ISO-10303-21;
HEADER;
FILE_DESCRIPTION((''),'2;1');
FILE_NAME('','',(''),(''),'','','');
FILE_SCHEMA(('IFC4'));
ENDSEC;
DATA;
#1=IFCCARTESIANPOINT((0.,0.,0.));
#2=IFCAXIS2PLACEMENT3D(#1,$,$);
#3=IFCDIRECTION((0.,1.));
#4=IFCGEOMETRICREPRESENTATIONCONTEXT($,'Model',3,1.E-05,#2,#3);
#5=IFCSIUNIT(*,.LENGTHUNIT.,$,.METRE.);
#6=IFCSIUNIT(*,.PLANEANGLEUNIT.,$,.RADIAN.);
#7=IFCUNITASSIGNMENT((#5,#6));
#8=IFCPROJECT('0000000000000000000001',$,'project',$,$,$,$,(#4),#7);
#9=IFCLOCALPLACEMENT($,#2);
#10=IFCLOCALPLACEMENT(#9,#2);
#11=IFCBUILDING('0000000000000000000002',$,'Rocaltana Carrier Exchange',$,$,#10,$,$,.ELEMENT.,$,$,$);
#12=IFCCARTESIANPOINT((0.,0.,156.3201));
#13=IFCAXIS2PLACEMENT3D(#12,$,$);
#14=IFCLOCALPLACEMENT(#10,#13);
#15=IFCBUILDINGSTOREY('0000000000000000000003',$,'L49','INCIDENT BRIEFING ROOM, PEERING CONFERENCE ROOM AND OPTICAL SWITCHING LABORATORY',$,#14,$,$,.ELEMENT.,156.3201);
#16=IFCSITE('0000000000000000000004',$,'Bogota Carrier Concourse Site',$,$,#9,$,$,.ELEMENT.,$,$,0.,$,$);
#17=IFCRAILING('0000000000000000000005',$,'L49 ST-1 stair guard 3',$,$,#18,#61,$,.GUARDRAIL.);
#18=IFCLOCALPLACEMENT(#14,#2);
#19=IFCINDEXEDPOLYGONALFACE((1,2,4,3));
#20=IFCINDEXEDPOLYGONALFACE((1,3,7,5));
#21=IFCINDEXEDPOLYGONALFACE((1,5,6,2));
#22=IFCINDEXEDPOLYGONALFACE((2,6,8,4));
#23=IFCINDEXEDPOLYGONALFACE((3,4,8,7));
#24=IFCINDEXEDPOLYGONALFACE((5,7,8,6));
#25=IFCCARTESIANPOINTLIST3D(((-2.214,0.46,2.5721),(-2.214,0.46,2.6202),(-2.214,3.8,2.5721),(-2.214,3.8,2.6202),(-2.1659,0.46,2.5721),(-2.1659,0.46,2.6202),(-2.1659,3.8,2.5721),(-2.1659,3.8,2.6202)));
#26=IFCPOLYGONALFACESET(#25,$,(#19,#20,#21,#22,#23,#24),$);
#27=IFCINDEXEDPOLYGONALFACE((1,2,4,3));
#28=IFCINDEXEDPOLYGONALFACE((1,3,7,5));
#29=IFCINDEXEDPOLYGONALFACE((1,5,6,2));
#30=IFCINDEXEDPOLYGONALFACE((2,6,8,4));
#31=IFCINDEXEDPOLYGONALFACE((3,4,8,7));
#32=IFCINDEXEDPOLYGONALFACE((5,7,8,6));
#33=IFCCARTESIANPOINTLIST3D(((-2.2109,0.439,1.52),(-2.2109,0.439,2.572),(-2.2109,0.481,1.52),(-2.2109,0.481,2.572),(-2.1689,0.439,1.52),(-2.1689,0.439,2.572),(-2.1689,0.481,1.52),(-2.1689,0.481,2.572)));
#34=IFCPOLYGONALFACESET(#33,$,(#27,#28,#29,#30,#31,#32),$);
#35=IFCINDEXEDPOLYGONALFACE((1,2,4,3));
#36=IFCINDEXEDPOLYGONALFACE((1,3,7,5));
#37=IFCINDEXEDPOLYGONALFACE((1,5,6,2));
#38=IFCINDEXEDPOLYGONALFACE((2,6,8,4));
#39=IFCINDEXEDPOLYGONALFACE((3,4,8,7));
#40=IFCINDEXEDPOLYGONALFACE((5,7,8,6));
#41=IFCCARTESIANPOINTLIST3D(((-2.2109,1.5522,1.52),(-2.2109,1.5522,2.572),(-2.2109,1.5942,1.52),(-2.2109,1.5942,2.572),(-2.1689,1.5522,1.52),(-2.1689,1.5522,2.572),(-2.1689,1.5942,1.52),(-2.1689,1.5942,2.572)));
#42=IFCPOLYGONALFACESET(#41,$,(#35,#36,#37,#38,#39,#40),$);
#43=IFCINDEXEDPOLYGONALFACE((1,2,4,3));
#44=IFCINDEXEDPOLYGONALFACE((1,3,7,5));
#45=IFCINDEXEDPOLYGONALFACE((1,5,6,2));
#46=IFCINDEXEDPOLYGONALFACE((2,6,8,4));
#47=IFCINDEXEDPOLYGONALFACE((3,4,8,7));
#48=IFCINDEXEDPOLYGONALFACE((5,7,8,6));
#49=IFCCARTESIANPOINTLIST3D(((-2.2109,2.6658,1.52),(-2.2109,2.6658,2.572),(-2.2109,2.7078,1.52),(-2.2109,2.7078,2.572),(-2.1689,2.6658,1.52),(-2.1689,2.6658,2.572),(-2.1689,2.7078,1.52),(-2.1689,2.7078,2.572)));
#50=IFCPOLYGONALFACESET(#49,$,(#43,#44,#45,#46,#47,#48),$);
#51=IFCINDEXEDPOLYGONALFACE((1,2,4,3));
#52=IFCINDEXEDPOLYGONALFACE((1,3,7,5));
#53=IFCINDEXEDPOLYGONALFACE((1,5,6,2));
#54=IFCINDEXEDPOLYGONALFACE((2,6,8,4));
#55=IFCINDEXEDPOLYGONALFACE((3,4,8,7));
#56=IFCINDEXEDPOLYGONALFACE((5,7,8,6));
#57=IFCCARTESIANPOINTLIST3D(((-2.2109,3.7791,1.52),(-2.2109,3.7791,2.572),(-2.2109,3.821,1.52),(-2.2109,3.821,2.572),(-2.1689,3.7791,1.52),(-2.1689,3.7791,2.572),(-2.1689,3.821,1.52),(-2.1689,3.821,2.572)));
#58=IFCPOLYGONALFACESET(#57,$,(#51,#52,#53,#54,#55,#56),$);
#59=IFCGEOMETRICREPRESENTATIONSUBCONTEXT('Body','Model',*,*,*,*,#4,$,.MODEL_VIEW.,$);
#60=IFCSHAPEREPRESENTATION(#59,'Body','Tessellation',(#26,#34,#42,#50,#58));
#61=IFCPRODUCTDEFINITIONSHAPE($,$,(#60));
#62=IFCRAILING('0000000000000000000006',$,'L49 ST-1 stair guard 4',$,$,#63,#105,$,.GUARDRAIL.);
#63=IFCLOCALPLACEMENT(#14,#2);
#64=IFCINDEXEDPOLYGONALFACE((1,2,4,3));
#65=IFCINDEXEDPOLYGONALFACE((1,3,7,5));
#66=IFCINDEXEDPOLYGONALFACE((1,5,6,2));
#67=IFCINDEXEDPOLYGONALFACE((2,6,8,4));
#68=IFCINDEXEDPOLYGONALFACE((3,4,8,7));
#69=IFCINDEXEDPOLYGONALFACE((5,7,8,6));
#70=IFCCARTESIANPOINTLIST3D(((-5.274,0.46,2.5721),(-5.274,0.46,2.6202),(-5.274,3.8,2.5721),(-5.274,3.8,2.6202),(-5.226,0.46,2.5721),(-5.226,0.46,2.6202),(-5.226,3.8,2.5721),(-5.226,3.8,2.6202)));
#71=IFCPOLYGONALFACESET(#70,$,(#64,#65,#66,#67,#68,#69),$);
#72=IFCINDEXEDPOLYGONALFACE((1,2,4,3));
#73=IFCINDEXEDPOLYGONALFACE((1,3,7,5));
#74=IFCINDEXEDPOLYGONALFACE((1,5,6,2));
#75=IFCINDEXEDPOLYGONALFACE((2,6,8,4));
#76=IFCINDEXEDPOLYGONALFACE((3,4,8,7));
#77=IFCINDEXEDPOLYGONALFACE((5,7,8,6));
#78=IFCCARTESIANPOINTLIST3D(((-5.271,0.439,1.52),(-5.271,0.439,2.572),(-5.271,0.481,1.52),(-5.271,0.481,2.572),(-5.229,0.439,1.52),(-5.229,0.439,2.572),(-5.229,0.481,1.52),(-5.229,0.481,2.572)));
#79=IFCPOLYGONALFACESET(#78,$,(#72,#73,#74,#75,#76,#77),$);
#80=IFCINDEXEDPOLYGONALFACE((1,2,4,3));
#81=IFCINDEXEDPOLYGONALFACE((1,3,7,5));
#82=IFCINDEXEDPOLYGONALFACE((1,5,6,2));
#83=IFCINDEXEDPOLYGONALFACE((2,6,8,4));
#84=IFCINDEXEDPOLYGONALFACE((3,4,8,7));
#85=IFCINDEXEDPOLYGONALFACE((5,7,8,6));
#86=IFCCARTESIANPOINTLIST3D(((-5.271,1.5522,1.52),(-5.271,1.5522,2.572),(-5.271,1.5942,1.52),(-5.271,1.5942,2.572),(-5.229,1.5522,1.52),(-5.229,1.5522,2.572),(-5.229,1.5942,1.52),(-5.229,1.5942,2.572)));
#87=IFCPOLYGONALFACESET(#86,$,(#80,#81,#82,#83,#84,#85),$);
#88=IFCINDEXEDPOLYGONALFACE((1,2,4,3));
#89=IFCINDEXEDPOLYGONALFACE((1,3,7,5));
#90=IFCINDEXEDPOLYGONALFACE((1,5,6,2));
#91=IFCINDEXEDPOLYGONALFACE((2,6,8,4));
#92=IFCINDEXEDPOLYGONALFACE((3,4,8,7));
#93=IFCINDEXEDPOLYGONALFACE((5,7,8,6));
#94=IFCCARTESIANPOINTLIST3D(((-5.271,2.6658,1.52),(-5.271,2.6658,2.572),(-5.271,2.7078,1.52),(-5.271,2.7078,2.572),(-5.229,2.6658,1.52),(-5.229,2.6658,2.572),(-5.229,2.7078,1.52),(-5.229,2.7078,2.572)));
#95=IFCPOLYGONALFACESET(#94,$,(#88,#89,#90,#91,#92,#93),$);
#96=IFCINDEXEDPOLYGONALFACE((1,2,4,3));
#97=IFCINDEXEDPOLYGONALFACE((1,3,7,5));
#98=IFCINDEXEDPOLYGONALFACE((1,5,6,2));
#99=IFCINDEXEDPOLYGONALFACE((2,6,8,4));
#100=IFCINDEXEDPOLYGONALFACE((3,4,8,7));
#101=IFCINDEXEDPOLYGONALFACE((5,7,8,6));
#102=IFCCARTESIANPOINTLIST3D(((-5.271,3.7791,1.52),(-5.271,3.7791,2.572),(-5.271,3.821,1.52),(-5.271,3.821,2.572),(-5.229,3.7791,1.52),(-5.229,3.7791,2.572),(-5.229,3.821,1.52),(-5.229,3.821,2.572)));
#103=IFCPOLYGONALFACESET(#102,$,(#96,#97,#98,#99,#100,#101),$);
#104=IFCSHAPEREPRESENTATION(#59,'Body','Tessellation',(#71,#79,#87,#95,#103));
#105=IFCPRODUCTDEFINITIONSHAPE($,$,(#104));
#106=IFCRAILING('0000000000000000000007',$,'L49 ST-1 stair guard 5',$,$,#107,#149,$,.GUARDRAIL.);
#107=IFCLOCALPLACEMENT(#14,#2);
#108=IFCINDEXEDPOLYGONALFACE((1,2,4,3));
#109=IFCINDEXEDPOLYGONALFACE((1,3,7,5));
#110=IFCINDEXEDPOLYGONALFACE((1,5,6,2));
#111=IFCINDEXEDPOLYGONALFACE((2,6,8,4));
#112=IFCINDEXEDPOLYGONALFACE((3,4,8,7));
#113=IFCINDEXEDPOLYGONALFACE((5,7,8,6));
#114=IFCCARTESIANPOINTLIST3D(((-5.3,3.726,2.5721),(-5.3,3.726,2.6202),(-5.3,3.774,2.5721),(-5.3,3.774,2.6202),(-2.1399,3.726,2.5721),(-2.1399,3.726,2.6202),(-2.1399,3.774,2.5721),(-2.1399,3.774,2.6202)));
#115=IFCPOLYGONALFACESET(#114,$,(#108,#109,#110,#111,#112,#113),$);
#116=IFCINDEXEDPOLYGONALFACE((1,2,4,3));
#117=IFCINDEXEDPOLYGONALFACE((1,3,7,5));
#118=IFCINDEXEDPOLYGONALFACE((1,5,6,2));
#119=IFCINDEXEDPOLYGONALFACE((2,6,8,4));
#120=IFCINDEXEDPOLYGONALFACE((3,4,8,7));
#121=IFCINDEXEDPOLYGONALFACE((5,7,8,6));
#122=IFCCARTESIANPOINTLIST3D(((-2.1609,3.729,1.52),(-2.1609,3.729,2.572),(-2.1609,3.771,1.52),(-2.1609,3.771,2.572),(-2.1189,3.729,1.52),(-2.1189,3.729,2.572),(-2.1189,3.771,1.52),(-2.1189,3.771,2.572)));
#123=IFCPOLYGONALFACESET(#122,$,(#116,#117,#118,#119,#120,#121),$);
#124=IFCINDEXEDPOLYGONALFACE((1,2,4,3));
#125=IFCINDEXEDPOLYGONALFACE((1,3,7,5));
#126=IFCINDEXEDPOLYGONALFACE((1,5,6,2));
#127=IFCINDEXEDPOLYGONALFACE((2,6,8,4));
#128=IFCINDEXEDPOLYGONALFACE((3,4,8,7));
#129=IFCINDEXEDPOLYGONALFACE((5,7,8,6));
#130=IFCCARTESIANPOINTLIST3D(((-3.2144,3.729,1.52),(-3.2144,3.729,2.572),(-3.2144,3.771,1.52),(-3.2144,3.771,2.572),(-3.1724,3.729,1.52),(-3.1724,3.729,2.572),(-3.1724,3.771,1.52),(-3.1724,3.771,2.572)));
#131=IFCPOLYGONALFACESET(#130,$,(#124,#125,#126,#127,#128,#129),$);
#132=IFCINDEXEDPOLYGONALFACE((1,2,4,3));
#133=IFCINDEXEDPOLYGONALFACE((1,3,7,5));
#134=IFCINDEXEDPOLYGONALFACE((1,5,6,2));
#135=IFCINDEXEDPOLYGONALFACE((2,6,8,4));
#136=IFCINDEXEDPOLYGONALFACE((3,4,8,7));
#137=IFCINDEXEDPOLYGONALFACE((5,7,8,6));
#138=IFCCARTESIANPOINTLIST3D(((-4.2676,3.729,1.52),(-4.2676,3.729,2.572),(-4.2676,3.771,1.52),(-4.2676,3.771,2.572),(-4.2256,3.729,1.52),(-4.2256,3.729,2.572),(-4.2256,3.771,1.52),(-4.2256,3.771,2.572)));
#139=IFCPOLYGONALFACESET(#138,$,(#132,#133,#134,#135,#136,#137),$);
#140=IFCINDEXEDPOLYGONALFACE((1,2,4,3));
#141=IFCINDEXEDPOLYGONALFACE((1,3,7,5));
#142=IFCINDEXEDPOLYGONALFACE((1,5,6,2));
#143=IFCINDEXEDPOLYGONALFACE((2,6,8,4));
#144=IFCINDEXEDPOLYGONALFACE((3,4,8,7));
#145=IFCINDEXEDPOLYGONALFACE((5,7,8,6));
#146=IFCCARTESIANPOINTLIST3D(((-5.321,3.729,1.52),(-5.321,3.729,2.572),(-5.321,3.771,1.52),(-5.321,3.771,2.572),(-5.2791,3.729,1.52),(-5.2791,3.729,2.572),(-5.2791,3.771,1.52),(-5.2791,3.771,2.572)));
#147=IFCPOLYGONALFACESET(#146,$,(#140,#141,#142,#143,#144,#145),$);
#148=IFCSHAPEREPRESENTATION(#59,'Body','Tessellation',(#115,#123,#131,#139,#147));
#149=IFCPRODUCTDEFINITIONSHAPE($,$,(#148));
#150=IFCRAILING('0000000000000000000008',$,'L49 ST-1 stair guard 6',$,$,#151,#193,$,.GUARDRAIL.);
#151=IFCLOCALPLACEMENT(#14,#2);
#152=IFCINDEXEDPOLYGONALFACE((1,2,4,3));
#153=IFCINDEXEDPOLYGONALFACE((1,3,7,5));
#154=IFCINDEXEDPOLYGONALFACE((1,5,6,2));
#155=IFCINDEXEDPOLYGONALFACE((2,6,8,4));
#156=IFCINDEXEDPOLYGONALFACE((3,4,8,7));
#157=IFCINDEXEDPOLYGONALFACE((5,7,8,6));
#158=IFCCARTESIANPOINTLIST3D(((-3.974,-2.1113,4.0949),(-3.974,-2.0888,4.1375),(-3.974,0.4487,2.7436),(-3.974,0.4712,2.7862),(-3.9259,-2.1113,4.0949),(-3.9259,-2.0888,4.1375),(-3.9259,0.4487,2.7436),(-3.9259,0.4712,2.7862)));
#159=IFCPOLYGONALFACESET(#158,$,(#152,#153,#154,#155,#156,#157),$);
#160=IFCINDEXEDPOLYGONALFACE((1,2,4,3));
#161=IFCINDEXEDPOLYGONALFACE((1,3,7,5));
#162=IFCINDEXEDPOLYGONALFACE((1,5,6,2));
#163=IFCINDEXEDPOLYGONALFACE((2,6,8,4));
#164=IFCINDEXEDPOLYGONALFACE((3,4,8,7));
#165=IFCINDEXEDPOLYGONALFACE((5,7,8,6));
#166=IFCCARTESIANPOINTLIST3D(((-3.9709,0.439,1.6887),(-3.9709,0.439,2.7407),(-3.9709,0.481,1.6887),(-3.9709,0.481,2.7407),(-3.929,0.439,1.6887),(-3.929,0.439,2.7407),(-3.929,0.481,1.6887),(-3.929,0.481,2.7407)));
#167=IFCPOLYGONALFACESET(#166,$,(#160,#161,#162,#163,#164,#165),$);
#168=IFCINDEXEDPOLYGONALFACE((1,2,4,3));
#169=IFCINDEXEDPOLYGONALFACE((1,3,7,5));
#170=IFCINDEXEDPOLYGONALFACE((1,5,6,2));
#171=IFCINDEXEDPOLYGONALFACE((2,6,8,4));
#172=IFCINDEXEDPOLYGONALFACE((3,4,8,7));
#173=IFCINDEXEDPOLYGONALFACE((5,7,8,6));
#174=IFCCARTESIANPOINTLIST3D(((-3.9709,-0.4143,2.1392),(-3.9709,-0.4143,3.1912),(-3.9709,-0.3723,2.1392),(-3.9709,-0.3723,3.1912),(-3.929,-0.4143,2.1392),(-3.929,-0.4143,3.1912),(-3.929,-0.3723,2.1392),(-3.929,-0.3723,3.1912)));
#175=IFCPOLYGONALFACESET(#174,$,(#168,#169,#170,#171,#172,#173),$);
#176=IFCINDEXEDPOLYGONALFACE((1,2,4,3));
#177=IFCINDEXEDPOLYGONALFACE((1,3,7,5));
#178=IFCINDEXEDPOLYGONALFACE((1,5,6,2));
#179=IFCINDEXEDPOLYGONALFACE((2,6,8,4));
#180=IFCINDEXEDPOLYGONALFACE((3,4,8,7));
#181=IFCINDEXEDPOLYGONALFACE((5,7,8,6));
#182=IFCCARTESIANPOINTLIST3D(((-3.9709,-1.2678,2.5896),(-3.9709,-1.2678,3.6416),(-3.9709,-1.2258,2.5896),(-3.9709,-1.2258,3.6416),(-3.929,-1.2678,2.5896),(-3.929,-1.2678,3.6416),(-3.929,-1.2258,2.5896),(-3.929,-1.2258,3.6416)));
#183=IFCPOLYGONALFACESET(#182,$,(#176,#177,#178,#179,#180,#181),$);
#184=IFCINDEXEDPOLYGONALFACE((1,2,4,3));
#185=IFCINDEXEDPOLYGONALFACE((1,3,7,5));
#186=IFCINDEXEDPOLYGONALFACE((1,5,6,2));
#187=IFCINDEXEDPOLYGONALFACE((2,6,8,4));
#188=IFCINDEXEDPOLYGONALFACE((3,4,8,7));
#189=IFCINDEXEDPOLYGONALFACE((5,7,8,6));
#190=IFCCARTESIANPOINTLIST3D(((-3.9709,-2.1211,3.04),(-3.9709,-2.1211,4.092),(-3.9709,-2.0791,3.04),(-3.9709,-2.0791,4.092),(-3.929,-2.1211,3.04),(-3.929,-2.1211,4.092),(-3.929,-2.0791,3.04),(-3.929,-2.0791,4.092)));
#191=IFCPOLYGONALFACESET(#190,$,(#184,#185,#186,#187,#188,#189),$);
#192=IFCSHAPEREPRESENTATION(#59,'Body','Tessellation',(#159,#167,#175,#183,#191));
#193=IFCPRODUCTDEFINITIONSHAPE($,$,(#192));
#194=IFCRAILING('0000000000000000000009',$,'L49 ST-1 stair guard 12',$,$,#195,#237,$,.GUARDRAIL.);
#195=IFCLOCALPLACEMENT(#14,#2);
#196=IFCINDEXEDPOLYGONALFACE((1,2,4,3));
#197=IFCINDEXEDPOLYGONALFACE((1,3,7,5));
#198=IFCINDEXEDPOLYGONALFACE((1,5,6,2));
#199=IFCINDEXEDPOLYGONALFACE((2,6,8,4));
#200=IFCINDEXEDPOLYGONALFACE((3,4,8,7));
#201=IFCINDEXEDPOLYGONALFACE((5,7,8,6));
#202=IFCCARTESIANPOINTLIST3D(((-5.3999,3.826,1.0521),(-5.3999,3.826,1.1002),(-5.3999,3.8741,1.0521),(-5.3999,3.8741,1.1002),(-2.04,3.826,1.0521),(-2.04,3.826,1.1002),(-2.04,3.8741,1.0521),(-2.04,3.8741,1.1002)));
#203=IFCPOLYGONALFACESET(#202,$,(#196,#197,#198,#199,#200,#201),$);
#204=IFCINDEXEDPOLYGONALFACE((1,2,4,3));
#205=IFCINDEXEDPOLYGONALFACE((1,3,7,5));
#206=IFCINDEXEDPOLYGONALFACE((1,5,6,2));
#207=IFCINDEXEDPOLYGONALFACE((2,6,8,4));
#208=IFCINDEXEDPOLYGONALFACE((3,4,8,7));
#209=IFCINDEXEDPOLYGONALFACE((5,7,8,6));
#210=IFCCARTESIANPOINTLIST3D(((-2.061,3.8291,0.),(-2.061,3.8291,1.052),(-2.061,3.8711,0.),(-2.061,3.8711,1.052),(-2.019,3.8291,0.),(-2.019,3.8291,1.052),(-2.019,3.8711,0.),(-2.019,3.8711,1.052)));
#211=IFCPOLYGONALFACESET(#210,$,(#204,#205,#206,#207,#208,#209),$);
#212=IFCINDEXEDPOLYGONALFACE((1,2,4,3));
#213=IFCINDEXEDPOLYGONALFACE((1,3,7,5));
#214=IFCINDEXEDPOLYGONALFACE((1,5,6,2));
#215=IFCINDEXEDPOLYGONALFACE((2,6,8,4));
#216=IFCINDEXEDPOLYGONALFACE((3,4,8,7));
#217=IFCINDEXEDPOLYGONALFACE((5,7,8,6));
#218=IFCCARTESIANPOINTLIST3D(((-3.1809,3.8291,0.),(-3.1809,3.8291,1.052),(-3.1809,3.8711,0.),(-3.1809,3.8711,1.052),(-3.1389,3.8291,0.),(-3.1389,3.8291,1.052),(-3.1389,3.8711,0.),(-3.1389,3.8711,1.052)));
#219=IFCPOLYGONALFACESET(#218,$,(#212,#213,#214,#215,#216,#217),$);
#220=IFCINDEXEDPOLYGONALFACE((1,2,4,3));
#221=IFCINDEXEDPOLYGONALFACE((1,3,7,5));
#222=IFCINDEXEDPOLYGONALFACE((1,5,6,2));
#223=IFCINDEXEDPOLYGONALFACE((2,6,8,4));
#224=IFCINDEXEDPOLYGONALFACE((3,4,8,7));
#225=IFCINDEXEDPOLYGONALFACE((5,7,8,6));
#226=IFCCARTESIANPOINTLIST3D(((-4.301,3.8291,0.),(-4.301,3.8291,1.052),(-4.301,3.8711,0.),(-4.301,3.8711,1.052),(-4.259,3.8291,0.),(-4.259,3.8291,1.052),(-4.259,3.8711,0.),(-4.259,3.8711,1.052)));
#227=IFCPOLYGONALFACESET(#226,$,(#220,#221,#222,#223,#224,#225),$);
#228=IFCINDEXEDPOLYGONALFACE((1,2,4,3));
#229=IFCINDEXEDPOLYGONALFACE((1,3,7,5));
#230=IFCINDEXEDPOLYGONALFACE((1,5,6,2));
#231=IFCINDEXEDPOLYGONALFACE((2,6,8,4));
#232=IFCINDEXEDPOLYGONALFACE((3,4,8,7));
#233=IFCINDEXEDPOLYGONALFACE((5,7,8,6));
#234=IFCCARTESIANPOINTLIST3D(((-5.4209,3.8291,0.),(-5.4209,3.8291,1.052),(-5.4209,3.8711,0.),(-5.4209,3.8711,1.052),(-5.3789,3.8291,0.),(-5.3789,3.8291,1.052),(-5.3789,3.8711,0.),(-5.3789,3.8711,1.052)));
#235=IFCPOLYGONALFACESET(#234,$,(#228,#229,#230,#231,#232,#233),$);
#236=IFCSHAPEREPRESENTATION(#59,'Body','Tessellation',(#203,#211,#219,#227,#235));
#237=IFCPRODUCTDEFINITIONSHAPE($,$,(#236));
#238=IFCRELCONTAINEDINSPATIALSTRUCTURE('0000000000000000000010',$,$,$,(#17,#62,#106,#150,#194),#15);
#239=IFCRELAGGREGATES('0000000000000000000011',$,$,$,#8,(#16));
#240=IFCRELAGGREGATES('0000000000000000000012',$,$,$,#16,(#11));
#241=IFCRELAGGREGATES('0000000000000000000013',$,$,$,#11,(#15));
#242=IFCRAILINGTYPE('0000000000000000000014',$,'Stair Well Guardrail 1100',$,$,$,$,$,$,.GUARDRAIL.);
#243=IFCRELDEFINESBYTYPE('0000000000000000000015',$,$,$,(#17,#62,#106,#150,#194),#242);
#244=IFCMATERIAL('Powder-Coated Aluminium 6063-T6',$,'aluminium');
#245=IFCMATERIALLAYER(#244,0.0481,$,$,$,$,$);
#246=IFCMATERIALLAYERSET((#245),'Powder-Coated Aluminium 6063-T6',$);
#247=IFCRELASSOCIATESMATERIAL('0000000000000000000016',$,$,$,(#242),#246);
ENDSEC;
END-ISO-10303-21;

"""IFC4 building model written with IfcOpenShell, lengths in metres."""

from ifc_helpers import new_model, si_unit, direction, frame, origin, origin_2d, place, context, subcontext, project, spatial, rectangle, extrude, material, layer, layer_set, type_object, element, save


model = new_model("IFC4")

# Units and contexts
model_context = context("Model", 3, precision=1e-05, world=origin(), true_north=direction((0.0, 1.0)))
body_context = subcontext(model_context, "Body", "Model", "MODEL_VIEW")
ifc_project = project(units=[si_unit("LENGTHUNIT", "METRE"), si_unit("PLANEANGLEUNIT", "RADIAN")], contexts=[model_context])

# Site, building, storey
site_placement = place(None, origin())
site = spatial("IfcSite", under=ifc_project, at=site_placement, Name="Bogota Carrier Concourse Site", CompositionType="ELEMENT", RefElevation=0.0)
building_placement = place(site_placement, origin())
building = spatial("IfcBuilding", under=site, at=building_placement, Name="Rocaltana Carrier Exchange", CompositionType="ELEMENT")
storey_placement = place(building_placement, frame((0.0, 0.0, 156.3201)))
storey = spatial("IfcBuildingStorey", under=building, at=storey_placement, Name="L49", Description="INCIDENT BRIEFING ROOM, PEERING CONFERENCE ROOM AND OPTICAL SWITCHING LABORATORY", CompositionType="ELEMENT", Elevation=156.3201)

# Railings
ifc_material_1 = material(Name="Powder-Coated Aluminium 6063-T6", Category="aluminium")
ifc_layer_1 = layer(ifc_material_1, 0.0481)
ifc_layer_set_1 = layer_set([ifc_layer_1], Name="Powder-Coated Aluminium 6063-T6")
railing_type_1 = type_object("IfcRailingType", Name="Stair Well Guardrail 1100", PredefinedType="GUARDRAIL", material=ifc_layer_set_1)
for number, where, name in (
    (1, (-2.1899, 0.46, 1.52), "L49 ST-1 stair guard 3"),
    (2, (-5.25, 0.46, 1.52), "L49 ST-1 stair guard 4"),
):
    element("IfcRailing", number, at=place(storey_placement, frame(where)), inside=storey, type_object=railing_type_1, Name=name, PredefinedType="GUARDRAIL", context=body_context, shape_type="SweptSolid", body=[
        extrude(rectangle(XDim=0.0481, YDim=0.0481, at=origin_2d()), frame((0.0, 0.0, 1.0762), z_axis=(0.0, 1.0, 0.0), x_axis=(-1.0, 0.0, 0.0)), (0.0, 0.0, 1.0), 3.3401),
        extrude(rectangle(XDim=0.042, YDim=0.042, at=origin_2d()), origin(), (0.0, 0.0, 1.0), 1.052),
        extrude(rectangle(XDim=0.042, YDim=0.042, at=origin_2d()), frame((0.0, 1.1133, 0.0)), (0.0, 0.0, 1.0), 1.052),
        extrude(rectangle(XDim=0.042, YDim=0.042, at=origin_2d()), frame((0.0, 2.2268, 0.0)), (0.0, 0.0, 1.0), 1.052),
        extrude(rectangle(XDim=0.042, YDim=0.042, at=origin_2d()), frame((0.0, 3.3401, 0.0)), (0.0, 0.0, 1.0), 1.052),
    ])
railing_1_placement = place(storey_placement, frame((-2.1399, 3.75, 1.52)))
element("IfcRailing", 3, at=railing_1_placement, inside=storey, type_object=railing_type_1, Name="L49 ST-1 stair guard 5", PredefinedType="GUARDRAIL", context=body_context, shape_type="SweptSolid", body=[
    extrude(rectangle(XDim=0.0481, YDim=0.0481, at=origin_2d()), frame((0.0, 0.0, 1.0762), z_axis=(-1.0, 0.0, 0.0), x_axis=(0.0, -1.0, 0.0)), (0.0, 0.0, 1.0), 3.1602),
    extrude(rectangle(XDim=0.042, YDim=0.042, at=origin_2d()), origin(), (0.0, 0.0, 1.0), 1.052),
    extrude(rectangle(XDim=0.042, YDim=0.042, at=origin_2d()), frame((-1.0535, 0.0, 0.0)), (0.0, 0.0, 1.0), 1.052),
    extrude(rectangle(XDim=0.042, YDim=0.042, at=origin_2d()), frame((-2.1067, 0.0, 0.0)), (0.0, 0.0, 1.0), 1.052),
    extrude(rectangle(XDim=0.042, YDim=0.042, at=origin_2d()), frame((-3.1602, 0.0, 0.0)), (0.0, 0.0, 1.0), 1.052),
])
railing_2_placement = place(storey_placement, frame((-3.95, 0.46, 1.6887)))
element("IfcRailing", 4, at=railing_2_placement, inside=storey, type_object=railing_type_1, Name="L49 ST-1 stair guard 6", PredefinedType="GUARDRAIL", context=body_context, shape_type="SweptSolid", body=[
    extrude(rectangle(XDim=0.0481, YDim=0.0481, at=origin_2d()), frame((0.0, 0.0, 1.0762), z_axis=(0.0, -0.88436, 0.466806), x_axis=(1.0, 0.0, 0.0)), (0.0, 0.0, 1.0), 2.8948),
    extrude(rectangle(XDim=0.042, YDim=0.042, at=origin_2d()), origin(), (0.0, 0.0, 1.0), 1.052),
    extrude(rectangle(XDim=0.042, YDim=0.042, at=origin_2d()), frame((0.0, -0.8533, 0.4504)), (0.0, 0.0, 1.0), 1.052),
    extrude(rectangle(XDim=0.042, YDim=0.042, at=origin_2d()), frame((0.0, -1.7068, 0.9009)), (0.0, 0.0, 1.0), 1.052),
    extrude(rectangle(XDim=0.042, YDim=0.042, at=origin_2d()), frame((0.0, -2.5601, 1.3513)), (0.0, 0.0, 1.0), 1.052),
])
railing_3_placement = place(storey_placement, frame((-2.04, 3.8501, 0.0)))
element("IfcRailing", 5, at=railing_3_placement, inside=storey, type_object=railing_type_1, Name="L49 ST-1 stair guard 12", PredefinedType="GUARDRAIL", context=body_context, shape_type="SweptSolid", body=[
    extrude(rectangle(XDim=0.0481, YDim=0.0481, at=origin_2d()), frame((0.0, 0.0, 1.0762), z_axis=(-1.0, 0.0, 0.0), x_axis=(0.0, -1.0, 0.0)), (0.0, 0.0, 1.0), 3.3599),
    extrude(rectangle(XDim=0.042, YDim=0.042, at=origin_2d()), origin(), (0.0, 0.0, 1.0), 1.052),
    extrude(rectangle(XDim=0.042, YDim=0.042, at=origin_2d()), frame((-1.1199, 0.0, 0.0)), (0.0, 0.0, 1.0), 1.052),
    extrude(rectangle(XDim=0.042, YDim=0.042, at=origin_2d()), frame((-2.24, 0.0, 0.0)), (0.0, 0.0, 1.0), 1.052),
    extrude(rectangle(XDim=0.042, YDim=0.042, at=origin_2d()), frame((-3.3599, 0.0, 0.0)), (0.0, 0.0, 1.0), 1.052),
])

save(model, "model.ifc")
